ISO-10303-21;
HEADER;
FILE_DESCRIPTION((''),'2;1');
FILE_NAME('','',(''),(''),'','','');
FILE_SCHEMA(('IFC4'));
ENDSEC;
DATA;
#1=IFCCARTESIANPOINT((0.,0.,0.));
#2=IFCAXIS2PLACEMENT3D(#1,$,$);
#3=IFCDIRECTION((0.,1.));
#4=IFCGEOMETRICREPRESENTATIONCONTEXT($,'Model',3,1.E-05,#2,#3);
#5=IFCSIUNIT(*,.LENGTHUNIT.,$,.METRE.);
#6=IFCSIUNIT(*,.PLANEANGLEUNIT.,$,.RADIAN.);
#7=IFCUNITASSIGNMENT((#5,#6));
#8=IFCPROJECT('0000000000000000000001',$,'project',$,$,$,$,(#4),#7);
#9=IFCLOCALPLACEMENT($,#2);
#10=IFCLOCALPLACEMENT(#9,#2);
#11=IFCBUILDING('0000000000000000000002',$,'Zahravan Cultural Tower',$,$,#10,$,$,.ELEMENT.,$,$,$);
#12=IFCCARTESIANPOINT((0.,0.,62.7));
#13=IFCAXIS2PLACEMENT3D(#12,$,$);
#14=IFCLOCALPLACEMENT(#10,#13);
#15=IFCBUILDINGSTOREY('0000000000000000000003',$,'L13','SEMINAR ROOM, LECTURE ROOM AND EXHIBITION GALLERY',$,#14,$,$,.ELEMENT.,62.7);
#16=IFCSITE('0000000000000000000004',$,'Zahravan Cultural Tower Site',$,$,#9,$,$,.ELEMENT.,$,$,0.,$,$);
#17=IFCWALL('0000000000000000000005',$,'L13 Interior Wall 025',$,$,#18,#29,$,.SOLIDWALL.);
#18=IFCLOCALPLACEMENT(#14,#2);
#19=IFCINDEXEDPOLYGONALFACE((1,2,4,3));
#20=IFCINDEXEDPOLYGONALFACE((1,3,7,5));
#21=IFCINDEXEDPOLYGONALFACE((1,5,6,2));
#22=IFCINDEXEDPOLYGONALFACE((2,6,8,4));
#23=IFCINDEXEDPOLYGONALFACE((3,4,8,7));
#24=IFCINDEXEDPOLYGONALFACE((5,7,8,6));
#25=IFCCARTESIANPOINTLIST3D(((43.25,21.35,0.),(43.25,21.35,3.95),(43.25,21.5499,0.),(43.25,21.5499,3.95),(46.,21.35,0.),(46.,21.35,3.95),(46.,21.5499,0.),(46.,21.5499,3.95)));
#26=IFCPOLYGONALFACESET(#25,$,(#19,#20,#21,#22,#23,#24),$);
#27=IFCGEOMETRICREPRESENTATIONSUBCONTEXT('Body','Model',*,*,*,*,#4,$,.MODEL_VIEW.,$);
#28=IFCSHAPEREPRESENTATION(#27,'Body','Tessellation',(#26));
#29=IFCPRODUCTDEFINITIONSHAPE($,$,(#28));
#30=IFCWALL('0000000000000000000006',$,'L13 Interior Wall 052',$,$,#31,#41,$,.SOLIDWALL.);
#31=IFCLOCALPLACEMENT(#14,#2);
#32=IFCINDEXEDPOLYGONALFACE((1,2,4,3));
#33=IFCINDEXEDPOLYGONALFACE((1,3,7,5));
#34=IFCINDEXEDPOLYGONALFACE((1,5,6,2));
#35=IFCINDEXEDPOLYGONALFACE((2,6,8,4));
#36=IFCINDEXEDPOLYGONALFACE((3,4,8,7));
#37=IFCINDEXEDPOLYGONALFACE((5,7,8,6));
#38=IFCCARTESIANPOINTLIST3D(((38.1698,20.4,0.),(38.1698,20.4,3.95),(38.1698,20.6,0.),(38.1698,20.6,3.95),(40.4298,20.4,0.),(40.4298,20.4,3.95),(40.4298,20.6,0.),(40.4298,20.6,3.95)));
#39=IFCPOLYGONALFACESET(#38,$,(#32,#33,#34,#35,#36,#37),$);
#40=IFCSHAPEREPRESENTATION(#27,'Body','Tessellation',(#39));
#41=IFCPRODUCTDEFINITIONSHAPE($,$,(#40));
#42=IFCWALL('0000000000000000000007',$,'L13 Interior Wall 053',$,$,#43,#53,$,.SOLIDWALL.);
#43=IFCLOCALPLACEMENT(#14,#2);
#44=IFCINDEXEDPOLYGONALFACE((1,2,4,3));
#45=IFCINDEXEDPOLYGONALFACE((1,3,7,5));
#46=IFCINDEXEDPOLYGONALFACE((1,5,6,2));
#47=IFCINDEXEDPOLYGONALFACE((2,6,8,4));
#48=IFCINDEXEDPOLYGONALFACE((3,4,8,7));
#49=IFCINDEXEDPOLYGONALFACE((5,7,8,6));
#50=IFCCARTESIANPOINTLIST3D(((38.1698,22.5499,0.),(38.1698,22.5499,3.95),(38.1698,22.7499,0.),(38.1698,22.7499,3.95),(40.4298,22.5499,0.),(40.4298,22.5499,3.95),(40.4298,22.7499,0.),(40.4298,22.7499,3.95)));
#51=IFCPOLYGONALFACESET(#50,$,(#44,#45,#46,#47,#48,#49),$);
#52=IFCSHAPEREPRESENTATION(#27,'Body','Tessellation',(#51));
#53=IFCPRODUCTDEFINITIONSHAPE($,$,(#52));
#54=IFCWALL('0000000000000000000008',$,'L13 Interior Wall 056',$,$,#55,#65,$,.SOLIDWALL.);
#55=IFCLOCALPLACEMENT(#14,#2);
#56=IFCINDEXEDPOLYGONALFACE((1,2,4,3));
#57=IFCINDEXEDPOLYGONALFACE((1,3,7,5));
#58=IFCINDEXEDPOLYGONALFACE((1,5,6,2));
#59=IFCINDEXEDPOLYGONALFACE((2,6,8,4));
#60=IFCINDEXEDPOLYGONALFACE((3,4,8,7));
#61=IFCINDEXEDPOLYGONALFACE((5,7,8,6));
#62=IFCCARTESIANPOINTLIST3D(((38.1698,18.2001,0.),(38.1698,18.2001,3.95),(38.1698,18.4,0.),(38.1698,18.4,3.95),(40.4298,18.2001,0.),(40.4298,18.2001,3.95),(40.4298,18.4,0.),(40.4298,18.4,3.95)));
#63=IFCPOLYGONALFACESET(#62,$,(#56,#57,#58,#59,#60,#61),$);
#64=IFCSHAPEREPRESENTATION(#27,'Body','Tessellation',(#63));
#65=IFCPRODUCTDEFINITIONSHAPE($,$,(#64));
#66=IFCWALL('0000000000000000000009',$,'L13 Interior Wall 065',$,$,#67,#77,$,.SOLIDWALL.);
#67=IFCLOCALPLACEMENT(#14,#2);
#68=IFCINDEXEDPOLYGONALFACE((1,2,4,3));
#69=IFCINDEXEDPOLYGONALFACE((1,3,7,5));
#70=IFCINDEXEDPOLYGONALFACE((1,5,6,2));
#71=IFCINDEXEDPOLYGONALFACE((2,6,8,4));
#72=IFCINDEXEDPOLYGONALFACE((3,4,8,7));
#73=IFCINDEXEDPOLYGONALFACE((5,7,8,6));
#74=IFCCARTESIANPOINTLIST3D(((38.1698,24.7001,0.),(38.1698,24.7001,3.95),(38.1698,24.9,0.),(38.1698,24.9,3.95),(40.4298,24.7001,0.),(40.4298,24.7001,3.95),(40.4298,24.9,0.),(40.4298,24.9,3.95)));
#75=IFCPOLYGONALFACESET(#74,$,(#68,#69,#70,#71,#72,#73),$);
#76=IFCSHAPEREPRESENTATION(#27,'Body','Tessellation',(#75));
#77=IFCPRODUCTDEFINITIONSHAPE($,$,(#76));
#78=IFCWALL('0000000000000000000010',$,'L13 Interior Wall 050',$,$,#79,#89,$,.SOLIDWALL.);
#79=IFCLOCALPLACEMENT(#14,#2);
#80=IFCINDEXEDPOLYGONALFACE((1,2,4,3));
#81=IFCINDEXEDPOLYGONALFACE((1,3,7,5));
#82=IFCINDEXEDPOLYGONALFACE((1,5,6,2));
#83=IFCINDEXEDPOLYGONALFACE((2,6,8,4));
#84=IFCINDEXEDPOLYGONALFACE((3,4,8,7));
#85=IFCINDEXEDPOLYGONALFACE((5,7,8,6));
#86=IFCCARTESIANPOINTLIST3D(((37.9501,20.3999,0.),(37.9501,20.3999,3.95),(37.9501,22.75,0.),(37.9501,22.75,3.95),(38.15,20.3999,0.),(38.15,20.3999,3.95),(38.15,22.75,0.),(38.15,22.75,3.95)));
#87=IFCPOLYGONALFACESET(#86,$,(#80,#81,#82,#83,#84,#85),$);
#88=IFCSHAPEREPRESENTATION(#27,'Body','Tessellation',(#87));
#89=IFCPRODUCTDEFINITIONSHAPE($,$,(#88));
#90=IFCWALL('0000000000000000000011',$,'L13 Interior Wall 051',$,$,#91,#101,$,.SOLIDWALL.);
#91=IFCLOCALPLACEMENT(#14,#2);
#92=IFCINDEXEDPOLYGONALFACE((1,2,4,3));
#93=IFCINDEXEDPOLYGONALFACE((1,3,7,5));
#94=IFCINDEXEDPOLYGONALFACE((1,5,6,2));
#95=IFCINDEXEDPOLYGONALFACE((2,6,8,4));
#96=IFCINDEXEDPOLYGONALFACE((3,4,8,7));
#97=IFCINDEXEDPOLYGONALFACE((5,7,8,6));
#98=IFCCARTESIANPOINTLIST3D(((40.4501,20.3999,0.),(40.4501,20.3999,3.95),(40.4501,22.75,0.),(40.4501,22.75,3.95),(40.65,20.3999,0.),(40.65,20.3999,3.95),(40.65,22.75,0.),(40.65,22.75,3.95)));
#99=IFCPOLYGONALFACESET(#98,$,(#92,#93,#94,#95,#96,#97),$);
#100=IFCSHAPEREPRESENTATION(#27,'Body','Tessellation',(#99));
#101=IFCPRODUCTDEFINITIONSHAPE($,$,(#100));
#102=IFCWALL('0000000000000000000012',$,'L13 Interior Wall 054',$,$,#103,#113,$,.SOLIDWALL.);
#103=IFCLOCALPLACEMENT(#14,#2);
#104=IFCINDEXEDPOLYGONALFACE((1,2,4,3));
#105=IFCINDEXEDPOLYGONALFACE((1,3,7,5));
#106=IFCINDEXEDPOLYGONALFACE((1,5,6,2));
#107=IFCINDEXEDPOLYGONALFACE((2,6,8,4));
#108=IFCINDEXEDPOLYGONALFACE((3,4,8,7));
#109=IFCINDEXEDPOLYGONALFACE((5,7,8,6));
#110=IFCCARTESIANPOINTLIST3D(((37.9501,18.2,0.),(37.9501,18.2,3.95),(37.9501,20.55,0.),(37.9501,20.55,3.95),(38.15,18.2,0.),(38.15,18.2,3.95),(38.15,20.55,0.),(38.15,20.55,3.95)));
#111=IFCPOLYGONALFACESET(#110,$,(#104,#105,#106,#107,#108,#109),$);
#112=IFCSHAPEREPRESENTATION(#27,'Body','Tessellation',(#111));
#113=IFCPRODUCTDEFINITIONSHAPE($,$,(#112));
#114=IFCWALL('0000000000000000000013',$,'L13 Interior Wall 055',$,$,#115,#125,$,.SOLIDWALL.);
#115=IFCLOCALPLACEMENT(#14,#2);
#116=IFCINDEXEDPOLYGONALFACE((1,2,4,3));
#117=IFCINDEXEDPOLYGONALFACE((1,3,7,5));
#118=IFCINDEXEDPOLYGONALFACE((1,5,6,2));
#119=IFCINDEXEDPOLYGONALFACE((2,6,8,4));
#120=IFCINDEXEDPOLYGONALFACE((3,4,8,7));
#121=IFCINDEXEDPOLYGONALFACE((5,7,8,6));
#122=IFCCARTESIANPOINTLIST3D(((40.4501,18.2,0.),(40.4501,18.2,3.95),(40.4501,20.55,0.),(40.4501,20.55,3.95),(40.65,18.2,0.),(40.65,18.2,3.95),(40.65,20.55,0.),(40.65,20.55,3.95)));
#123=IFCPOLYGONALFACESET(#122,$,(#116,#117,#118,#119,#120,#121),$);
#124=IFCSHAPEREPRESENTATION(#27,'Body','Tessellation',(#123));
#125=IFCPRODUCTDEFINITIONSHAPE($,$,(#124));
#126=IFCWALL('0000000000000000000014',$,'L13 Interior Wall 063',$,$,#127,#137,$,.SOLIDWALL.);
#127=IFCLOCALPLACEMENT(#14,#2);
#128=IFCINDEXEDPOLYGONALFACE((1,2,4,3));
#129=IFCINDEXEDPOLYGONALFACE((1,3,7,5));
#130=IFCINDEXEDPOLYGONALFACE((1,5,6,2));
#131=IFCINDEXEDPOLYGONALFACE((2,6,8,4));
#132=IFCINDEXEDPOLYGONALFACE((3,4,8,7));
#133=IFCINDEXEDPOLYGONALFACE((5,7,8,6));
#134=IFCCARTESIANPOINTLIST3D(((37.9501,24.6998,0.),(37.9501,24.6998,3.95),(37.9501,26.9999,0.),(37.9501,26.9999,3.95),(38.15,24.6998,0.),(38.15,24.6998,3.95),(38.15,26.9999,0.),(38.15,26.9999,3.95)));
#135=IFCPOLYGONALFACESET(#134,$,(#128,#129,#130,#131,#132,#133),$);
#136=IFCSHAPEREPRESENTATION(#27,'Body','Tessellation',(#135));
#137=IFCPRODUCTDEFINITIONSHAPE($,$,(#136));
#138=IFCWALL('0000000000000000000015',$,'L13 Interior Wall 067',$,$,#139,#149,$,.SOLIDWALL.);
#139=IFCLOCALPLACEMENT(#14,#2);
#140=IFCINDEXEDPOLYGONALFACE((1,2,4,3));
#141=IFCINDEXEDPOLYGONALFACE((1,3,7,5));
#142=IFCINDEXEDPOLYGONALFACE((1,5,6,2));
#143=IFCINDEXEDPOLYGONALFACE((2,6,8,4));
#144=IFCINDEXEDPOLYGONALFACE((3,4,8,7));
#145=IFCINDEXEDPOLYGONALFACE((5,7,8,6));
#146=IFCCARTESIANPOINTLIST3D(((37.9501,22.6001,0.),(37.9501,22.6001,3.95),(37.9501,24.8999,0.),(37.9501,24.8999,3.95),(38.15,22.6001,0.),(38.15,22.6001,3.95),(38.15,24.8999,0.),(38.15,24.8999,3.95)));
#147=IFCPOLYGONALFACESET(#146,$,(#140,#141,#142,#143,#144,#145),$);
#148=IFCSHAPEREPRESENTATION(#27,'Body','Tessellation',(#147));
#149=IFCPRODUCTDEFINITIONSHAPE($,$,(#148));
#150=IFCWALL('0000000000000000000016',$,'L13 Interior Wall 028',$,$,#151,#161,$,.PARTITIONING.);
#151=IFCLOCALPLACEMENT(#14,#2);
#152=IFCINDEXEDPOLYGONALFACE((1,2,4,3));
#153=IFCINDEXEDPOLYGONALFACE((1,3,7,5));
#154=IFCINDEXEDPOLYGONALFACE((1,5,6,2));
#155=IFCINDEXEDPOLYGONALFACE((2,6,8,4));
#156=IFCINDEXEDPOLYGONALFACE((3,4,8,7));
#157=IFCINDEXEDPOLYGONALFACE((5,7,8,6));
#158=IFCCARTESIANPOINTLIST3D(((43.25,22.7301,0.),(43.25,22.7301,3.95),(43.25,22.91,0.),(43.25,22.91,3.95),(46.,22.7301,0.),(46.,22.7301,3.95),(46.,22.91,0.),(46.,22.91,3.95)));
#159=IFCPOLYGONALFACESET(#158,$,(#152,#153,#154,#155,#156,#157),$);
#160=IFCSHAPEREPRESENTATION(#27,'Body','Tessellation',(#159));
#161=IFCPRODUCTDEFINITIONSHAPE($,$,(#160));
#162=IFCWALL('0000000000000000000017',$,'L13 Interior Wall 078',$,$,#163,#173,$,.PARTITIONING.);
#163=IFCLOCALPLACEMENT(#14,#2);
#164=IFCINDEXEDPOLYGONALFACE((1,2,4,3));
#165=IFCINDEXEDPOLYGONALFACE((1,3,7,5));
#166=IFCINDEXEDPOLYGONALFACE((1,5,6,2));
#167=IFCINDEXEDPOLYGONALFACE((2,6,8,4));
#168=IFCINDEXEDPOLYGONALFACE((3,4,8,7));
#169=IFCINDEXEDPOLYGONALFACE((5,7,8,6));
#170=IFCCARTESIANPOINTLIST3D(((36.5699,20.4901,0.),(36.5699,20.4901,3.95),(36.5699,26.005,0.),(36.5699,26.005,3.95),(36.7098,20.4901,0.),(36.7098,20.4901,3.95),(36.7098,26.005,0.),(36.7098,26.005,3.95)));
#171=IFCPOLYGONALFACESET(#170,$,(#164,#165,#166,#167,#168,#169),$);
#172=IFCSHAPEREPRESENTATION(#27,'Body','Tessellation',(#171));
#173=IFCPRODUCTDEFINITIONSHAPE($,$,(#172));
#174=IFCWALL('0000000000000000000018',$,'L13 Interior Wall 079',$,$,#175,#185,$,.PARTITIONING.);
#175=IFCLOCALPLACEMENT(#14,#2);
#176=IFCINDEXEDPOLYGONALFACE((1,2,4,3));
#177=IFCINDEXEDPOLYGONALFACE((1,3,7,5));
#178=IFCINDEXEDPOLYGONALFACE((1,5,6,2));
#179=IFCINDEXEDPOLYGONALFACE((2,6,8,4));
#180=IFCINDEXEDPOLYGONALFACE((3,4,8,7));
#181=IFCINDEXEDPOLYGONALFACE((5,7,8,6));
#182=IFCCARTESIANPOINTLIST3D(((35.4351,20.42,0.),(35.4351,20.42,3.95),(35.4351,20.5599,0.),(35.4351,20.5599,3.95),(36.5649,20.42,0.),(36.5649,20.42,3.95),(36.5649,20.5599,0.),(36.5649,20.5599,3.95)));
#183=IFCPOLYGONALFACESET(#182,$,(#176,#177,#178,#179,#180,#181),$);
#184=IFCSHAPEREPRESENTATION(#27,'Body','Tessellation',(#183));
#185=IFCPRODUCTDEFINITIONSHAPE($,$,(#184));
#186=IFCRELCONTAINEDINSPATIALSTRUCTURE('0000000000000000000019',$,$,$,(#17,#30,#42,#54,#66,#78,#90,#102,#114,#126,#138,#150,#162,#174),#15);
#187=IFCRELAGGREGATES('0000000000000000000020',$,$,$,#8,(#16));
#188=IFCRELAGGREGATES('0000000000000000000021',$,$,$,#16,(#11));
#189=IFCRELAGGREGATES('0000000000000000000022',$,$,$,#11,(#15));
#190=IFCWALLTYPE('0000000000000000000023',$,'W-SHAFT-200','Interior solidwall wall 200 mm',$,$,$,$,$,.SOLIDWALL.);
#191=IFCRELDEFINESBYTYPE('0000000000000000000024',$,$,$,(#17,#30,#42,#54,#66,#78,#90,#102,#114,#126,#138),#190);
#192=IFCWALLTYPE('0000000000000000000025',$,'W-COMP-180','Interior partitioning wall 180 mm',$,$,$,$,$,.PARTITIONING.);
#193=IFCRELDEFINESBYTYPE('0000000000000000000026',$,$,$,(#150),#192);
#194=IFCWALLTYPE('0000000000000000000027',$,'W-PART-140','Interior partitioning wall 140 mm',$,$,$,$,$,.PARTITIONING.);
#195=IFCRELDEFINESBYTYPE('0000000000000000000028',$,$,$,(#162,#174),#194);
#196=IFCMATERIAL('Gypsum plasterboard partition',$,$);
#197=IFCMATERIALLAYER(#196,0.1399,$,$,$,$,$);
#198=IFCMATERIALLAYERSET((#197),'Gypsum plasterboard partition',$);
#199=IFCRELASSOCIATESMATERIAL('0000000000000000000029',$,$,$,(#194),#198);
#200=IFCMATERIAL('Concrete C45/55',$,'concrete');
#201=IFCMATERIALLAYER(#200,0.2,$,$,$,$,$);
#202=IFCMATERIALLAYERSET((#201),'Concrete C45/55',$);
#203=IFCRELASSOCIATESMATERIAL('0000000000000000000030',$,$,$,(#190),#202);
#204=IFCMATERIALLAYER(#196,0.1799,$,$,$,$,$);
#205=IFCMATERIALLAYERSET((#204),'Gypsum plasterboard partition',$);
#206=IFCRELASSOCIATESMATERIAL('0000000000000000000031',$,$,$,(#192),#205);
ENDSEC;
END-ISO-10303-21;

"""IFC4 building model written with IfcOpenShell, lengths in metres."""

from ifc_helpers import new_model, si_unit, direction, frame, frame_2d, origin, place, context, subcontext, project, spatial, rectangle, extrude, source, transform, mapped, material, layer, layer_set, type_object, element, save


model = new_model("IFC4")

# Units and contexts
model_context = context("Model", 3, precision=1e-05, world=origin(), true_north=direction((0.0, 1.0)))
body_context = subcontext(model_context, "Body", "Model", "MODEL_VIEW")
ifc_project = project(units=[si_unit("LENGTHUNIT", "METRE"), si_unit("PLANEANGLEUNIT", "RADIAN")], contexts=[model_context])

# Site, building, storey
site_placement = place(None, origin())
site = spatial("IfcSite", under=ifc_project, at=site_placement, Name="Zahravan Cultural Tower Site", CompositionType="ELEMENT", RefElevation=0.0)
building_placement = place(site_placement, origin())
building = spatial("IfcBuilding", under=site, at=building_placement, Name="Zahravan Cultural Tower", CompositionType="ELEMENT")
storey_placement = place(building_placement, frame((0.0, 0.0, 62.7)))
storey = spatial("IfcBuildingStorey", under=building, at=storey_placement, Name="L13", Description="SEMINAR ROOM, LECTURE ROOM AND EXHIBITION GALLERY", CompositionType="ELEMENT", Elevation=62.7)

# Shared definitions
ifc_material_1 = material(Name="Gypsum plasterboard partition")
ifc_layer_1 = layer(ifc_material_1, 0.1399)
ifc_layer_set_1 = layer_set([ifc_layer_1], Name="Gypsum plasterboard partition")
wall_type_1 = type_object("IfcWallType", Name="W-PART-140", Description="Interior partitioning wall 140 mm", PredefinedType="PARTITIONING", material=ifc_layer_set_1)
ifc_material_2 = material(Name="Concrete C45/55", Category="concrete")
ifc_layer_2 = layer(ifc_material_2, 0.2)
ifc_layer_set_2 = layer_set([ifc_layer_2], Name="Concrete C45/55")
wall_type_2 = type_object("IfcWallType", Name="W-SHAFT-200", Description="Interior solidwall wall 200 mm", PredefinedType="SOLIDWALL", material=ifc_layer_set_2)

# Walls
shared_shape_1 = source(origin(), body_context, "Body", "SweptSolid", [
    extrude(rectangle(XDim=2.75, YDim=0.2, at=frame_2d((1.375, 0.0))), origin(), (0.0, 0.0, 1.0), 3.95),
])
for number, where, z_axis, x_axis, name in (
    (1, (43.25, 21.45, 0.0), (0.0, 0.0, 1.0), (1.0, 0.0, 0.0), "L13 Interior Wall 025"),
):
    element("IfcWall", number, at=place(storey_placement, frame(where, z_axis=z_axis, x_axis=x_axis)), inside=storey, type_object=wall_type_2, Name=name, PredefinedType="SOLIDWALL", context=body_context, shape_type="MappedRepresentation", body=[
        mapped(shared_shape_1, transform((0.0, 0.0, 0.0), x_axis=(1.0, 0.0, 0.0), y_axis=(0.0, 1.0, 0.0), z_axis=(0.0, 0.0, 1.0), scale=1.0)),
    ])
shared_shape_2 = source(origin(), body_context, "Body", "SweptSolid", [
    extrude(rectangle(XDim=2.26, YDim=0.2, at=frame_2d((1.1299, 0.0))), origin(), (0.0, 0.0, 1.0), 3.95),
])
for number, where, z_axis, x_axis, name in (
    (2, (38.1699, 20.5, 0.0), (0.0, 0.0, 1.0), (1.0, 0.0, 0.0), "L13 Interior Wall 052"),
    (3, (38.1699, 22.6499, 0.0), (0.0, 0.0, 1.0), (1.0, 0.0, 0.0), "L13 Interior Wall 053"),
    (4, (38.1699, 18.3, 0.0), (0.0, 0.0, 1.0), (1.0, 0.0, 0.0), "L13 Interior Wall 056"),
    (5, (38.1699, 24.8, 0.0), (0.0, 0.0, 1.0), (1.0, 0.0, 0.0), "L13 Interior Wall 065"),
):
    element("IfcWall", number, at=place(storey_placement, frame(where, z_axis=z_axis, x_axis=x_axis)), inside=storey, type_object=wall_type_2, Name=name, PredefinedType="SOLIDWALL", context=body_context, shape_type="MappedRepresentation", body=[
        mapped(shared_shape_2, transform((0.0, 0.0, 0.0), x_axis=(1.0, 0.0, 0.0), y_axis=(0.0, 1.0, 0.0), z_axis=(0.0, 0.0, 1.0), scale=1.0)),
    ])
shared_shape_3 = source(origin(), body_context, "Body", "SweptSolid", [
    extrude(rectangle(XDim=2.3501, YDim=0.2, at=frame_2d((1.175, 0.0))), origin(), (0.0, 0.0, 1.0), 3.95),
])
for number, where, z_axis, x_axis, name in (
    (6, (38.05, 20.3999, 0.0), (0.0, 0.0, 1.0), (0.0, 1.0, 0.0), "L13 Interior Wall 050"),
    (7, (40.55, 20.3999, 0.0), (0.0, 0.0, 1.0), (0.0, 1.0, 0.0), "L13 Interior Wall 051"),
    (8, (38.05, 18.2, 0.0), (0.0, 0.0, 1.0), (0.0, 1.0, 0.0), "L13 Interior Wall 054"),
    (9, (40.55, 18.2, 0.0), (0.0, 0.0, 1.0), (0.0, 1.0, 0.0), "L13 Interior Wall 055"),
):
    element("IfcWall", number, at=place(storey_placement, frame(where, z_axis=z_axis, x_axis=x_axis)), inside=storey, type_object=wall_type_2, Name=name, PredefinedType="SOLIDWALL", context=body_context, shape_type="MappedRepresentation", body=[
        mapped(shared_shape_3, transform((0.0, 0.0, 0.0), x_axis=(1.0, 0.0, 0.0), y_axis=(0.0, 1.0, 0.0), z_axis=(0.0, 0.0, 1.0), scale=1.0)),
    ])
shared_shape_4 = source(origin(), body_context, "Body", "SweptSolid", [
    extrude(rectangle(XDim=2.3, YDim=0.2, at=frame_2d((1.1499, 0.0))), origin(), (0.0, 0.0, 1.0), 3.95),
])
wall_1_placement = place(storey_placement, frame((38.05, 24.7, 0.0), z_axis=(0.0, 0.0, 1.0), x_axis=(0.0, 1.0, 0.0)))
element("IfcWall", 10, at=wall_1_placement, inside=storey, type_object=wall_type_2, Name="L13 Interior Wall 063", PredefinedType="SOLIDWALL", context=body_context, shape_type="MappedRepresentation", body=[
    mapped(shared_shape_4, transform((0.0, 0.0, 0.0), x_axis=(1.0, 0.0, 0.0), y_axis=(0.0, 1.0, 0.0), z_axis=(0.0, 0.0, 1.0), scale=1.0)),
])
shared_shape_5 = source(origin(), body_context, "Body", "SweptSolid", [
    extrude(rectangle(XDim=2.2998, YDim=0.2, at=frame_2d((1.1499, 0.0))), origin(), (0.0, 0.0, 1.0), 3.95),
])
wall_2_placement = place(storey_placement, frame((38.05, 22.6001, 0.0), z_axis=(0.0, 0.0, 1.0), x_axis=(0.0, 1.0, 0.0)))
element("IfcWall", 11, at=wall_2_placement, inside=storey, type_object=wall_type_2, Name="L13 Interior Wall 067", PredefinedType="SOLIDWALL", context=body_context, shape_type="MappedRepresentation", body=[
    mapped(shared_shape_5, transform((0.0, 0.0, 0.0), x_axis=(1.0, 0.0, 0.0), y_axis=(0.0, 1.0, 0.0), z_axis=(0.0, 0.0, 1.0), scale=1.0)),
])
ifc_layer_3 = layer(ifc_material_1, 0.1799)
ifc_layer_set_3 = layer_set([ifc_layer_3], Name="Gypsum plasterboard partition")
wall_type_3 = type_object("IfcWallType", Name="W-COMP-180", Description="Interior partitioning wall 180 mm", PredefinedType="PARTITIONING", material=ifc_layer_set_3)
shared_shape_6 = source(origin(), body_context, "Body", "SweptSolid", [
    extrude(rectangle(XDim=2.75, YDim=0.1799, at=frame_2d((1.375, 0.0))), origin(), (0.0, 0.0, 1.0), 3.95),
])
wall_3_placement = place(storey_placement, frame((43.25, 22.8201, 0.0), z_axis=(0.0, 0.0, 1.0), x_axis=(1.0, 0.0, 0.0)))
element("IfcWall", 12, at=wall_3_placement, inside=storey, type_object=wall_type_3, Name="L13 Interior Wall 028", PredefinedType="PARTITIONING", context=body_context, shape_type="MappedRepresentation", body=[
    mapped(shared_shape_6, transform((0.0, 0.0, 0.0), x_axis=(1.0, 0.0, 0.0), y_axis=(0.0, 1.0, 0.0), z_axis=(0.0, 0.0, 1.0), scale=1.0)),
])
shared_shape_7 = source(origin(), body_context, "Body", "SweptSolid", [
    extrude(rectangle(XDim=5.5149, YDim=0.1399, at=frame_2d((2.7573, 0.0))), origin(), (0.0, 0.0, 1.0), 3.95),
])
wall_4_placement = place(storey_placement, frame((36.6399, 26.0049, 0.0), z_axis=(0.0, 0.0, 1.0), x_axis=(0.0, -1.0, 0.0)))
element("IfcWall", 13, at=wall_4_placement, inside=storey, type_object=wall_type_1, Name="L13 Interior Wall 078", PredefinedType="PARTITIONING", context=body_context, shape_type="MappedRepresentation", body=[
    mapped(shared_shape_7, transform((0.0, 0.0, 0.0), x_axis=(1.0, 0.0, 0.0), y_axis=(0.0, 1.0, 0.0), z_axis=(0.0, 0.0, 1.0), scale=1.0)),
])
shared_shape_8 = source(origin(), body_context, "Body", "SweptSolid", [
    extrude(rectangle(XDim=1.1299, YDim=0.1399, at=frame_2d((0.5649, 0.0))), origin(), (0.0, 0.0, 1.0), 3.95),
])
wall_5_placement = place(storey_placement, frame((36.5649, 20.49, 0.0), z_axis=(0.0, 0.0, 1.0), x_axis=(-1.0, 0.0, 0.0)))
element("IfcWall", 14, at=wall_5_placement, inside=storey, type_object=wall_type_1, Name="L13 Interior Wall 079", PredefinedType="PARTITIONING", context=body_context, shape_type="MappedRepresentation", body=[
    mapped(shared_shape_8, transform((0.0, 0.0, 0.0), x_axis=(1.0, 0.0, 0.0), y_axis=(0.0, 1.0, 0.0), z_axis=(0.0, 0.0, 1.0), scale=1.0)),
])

save(model, "model.ifc")
